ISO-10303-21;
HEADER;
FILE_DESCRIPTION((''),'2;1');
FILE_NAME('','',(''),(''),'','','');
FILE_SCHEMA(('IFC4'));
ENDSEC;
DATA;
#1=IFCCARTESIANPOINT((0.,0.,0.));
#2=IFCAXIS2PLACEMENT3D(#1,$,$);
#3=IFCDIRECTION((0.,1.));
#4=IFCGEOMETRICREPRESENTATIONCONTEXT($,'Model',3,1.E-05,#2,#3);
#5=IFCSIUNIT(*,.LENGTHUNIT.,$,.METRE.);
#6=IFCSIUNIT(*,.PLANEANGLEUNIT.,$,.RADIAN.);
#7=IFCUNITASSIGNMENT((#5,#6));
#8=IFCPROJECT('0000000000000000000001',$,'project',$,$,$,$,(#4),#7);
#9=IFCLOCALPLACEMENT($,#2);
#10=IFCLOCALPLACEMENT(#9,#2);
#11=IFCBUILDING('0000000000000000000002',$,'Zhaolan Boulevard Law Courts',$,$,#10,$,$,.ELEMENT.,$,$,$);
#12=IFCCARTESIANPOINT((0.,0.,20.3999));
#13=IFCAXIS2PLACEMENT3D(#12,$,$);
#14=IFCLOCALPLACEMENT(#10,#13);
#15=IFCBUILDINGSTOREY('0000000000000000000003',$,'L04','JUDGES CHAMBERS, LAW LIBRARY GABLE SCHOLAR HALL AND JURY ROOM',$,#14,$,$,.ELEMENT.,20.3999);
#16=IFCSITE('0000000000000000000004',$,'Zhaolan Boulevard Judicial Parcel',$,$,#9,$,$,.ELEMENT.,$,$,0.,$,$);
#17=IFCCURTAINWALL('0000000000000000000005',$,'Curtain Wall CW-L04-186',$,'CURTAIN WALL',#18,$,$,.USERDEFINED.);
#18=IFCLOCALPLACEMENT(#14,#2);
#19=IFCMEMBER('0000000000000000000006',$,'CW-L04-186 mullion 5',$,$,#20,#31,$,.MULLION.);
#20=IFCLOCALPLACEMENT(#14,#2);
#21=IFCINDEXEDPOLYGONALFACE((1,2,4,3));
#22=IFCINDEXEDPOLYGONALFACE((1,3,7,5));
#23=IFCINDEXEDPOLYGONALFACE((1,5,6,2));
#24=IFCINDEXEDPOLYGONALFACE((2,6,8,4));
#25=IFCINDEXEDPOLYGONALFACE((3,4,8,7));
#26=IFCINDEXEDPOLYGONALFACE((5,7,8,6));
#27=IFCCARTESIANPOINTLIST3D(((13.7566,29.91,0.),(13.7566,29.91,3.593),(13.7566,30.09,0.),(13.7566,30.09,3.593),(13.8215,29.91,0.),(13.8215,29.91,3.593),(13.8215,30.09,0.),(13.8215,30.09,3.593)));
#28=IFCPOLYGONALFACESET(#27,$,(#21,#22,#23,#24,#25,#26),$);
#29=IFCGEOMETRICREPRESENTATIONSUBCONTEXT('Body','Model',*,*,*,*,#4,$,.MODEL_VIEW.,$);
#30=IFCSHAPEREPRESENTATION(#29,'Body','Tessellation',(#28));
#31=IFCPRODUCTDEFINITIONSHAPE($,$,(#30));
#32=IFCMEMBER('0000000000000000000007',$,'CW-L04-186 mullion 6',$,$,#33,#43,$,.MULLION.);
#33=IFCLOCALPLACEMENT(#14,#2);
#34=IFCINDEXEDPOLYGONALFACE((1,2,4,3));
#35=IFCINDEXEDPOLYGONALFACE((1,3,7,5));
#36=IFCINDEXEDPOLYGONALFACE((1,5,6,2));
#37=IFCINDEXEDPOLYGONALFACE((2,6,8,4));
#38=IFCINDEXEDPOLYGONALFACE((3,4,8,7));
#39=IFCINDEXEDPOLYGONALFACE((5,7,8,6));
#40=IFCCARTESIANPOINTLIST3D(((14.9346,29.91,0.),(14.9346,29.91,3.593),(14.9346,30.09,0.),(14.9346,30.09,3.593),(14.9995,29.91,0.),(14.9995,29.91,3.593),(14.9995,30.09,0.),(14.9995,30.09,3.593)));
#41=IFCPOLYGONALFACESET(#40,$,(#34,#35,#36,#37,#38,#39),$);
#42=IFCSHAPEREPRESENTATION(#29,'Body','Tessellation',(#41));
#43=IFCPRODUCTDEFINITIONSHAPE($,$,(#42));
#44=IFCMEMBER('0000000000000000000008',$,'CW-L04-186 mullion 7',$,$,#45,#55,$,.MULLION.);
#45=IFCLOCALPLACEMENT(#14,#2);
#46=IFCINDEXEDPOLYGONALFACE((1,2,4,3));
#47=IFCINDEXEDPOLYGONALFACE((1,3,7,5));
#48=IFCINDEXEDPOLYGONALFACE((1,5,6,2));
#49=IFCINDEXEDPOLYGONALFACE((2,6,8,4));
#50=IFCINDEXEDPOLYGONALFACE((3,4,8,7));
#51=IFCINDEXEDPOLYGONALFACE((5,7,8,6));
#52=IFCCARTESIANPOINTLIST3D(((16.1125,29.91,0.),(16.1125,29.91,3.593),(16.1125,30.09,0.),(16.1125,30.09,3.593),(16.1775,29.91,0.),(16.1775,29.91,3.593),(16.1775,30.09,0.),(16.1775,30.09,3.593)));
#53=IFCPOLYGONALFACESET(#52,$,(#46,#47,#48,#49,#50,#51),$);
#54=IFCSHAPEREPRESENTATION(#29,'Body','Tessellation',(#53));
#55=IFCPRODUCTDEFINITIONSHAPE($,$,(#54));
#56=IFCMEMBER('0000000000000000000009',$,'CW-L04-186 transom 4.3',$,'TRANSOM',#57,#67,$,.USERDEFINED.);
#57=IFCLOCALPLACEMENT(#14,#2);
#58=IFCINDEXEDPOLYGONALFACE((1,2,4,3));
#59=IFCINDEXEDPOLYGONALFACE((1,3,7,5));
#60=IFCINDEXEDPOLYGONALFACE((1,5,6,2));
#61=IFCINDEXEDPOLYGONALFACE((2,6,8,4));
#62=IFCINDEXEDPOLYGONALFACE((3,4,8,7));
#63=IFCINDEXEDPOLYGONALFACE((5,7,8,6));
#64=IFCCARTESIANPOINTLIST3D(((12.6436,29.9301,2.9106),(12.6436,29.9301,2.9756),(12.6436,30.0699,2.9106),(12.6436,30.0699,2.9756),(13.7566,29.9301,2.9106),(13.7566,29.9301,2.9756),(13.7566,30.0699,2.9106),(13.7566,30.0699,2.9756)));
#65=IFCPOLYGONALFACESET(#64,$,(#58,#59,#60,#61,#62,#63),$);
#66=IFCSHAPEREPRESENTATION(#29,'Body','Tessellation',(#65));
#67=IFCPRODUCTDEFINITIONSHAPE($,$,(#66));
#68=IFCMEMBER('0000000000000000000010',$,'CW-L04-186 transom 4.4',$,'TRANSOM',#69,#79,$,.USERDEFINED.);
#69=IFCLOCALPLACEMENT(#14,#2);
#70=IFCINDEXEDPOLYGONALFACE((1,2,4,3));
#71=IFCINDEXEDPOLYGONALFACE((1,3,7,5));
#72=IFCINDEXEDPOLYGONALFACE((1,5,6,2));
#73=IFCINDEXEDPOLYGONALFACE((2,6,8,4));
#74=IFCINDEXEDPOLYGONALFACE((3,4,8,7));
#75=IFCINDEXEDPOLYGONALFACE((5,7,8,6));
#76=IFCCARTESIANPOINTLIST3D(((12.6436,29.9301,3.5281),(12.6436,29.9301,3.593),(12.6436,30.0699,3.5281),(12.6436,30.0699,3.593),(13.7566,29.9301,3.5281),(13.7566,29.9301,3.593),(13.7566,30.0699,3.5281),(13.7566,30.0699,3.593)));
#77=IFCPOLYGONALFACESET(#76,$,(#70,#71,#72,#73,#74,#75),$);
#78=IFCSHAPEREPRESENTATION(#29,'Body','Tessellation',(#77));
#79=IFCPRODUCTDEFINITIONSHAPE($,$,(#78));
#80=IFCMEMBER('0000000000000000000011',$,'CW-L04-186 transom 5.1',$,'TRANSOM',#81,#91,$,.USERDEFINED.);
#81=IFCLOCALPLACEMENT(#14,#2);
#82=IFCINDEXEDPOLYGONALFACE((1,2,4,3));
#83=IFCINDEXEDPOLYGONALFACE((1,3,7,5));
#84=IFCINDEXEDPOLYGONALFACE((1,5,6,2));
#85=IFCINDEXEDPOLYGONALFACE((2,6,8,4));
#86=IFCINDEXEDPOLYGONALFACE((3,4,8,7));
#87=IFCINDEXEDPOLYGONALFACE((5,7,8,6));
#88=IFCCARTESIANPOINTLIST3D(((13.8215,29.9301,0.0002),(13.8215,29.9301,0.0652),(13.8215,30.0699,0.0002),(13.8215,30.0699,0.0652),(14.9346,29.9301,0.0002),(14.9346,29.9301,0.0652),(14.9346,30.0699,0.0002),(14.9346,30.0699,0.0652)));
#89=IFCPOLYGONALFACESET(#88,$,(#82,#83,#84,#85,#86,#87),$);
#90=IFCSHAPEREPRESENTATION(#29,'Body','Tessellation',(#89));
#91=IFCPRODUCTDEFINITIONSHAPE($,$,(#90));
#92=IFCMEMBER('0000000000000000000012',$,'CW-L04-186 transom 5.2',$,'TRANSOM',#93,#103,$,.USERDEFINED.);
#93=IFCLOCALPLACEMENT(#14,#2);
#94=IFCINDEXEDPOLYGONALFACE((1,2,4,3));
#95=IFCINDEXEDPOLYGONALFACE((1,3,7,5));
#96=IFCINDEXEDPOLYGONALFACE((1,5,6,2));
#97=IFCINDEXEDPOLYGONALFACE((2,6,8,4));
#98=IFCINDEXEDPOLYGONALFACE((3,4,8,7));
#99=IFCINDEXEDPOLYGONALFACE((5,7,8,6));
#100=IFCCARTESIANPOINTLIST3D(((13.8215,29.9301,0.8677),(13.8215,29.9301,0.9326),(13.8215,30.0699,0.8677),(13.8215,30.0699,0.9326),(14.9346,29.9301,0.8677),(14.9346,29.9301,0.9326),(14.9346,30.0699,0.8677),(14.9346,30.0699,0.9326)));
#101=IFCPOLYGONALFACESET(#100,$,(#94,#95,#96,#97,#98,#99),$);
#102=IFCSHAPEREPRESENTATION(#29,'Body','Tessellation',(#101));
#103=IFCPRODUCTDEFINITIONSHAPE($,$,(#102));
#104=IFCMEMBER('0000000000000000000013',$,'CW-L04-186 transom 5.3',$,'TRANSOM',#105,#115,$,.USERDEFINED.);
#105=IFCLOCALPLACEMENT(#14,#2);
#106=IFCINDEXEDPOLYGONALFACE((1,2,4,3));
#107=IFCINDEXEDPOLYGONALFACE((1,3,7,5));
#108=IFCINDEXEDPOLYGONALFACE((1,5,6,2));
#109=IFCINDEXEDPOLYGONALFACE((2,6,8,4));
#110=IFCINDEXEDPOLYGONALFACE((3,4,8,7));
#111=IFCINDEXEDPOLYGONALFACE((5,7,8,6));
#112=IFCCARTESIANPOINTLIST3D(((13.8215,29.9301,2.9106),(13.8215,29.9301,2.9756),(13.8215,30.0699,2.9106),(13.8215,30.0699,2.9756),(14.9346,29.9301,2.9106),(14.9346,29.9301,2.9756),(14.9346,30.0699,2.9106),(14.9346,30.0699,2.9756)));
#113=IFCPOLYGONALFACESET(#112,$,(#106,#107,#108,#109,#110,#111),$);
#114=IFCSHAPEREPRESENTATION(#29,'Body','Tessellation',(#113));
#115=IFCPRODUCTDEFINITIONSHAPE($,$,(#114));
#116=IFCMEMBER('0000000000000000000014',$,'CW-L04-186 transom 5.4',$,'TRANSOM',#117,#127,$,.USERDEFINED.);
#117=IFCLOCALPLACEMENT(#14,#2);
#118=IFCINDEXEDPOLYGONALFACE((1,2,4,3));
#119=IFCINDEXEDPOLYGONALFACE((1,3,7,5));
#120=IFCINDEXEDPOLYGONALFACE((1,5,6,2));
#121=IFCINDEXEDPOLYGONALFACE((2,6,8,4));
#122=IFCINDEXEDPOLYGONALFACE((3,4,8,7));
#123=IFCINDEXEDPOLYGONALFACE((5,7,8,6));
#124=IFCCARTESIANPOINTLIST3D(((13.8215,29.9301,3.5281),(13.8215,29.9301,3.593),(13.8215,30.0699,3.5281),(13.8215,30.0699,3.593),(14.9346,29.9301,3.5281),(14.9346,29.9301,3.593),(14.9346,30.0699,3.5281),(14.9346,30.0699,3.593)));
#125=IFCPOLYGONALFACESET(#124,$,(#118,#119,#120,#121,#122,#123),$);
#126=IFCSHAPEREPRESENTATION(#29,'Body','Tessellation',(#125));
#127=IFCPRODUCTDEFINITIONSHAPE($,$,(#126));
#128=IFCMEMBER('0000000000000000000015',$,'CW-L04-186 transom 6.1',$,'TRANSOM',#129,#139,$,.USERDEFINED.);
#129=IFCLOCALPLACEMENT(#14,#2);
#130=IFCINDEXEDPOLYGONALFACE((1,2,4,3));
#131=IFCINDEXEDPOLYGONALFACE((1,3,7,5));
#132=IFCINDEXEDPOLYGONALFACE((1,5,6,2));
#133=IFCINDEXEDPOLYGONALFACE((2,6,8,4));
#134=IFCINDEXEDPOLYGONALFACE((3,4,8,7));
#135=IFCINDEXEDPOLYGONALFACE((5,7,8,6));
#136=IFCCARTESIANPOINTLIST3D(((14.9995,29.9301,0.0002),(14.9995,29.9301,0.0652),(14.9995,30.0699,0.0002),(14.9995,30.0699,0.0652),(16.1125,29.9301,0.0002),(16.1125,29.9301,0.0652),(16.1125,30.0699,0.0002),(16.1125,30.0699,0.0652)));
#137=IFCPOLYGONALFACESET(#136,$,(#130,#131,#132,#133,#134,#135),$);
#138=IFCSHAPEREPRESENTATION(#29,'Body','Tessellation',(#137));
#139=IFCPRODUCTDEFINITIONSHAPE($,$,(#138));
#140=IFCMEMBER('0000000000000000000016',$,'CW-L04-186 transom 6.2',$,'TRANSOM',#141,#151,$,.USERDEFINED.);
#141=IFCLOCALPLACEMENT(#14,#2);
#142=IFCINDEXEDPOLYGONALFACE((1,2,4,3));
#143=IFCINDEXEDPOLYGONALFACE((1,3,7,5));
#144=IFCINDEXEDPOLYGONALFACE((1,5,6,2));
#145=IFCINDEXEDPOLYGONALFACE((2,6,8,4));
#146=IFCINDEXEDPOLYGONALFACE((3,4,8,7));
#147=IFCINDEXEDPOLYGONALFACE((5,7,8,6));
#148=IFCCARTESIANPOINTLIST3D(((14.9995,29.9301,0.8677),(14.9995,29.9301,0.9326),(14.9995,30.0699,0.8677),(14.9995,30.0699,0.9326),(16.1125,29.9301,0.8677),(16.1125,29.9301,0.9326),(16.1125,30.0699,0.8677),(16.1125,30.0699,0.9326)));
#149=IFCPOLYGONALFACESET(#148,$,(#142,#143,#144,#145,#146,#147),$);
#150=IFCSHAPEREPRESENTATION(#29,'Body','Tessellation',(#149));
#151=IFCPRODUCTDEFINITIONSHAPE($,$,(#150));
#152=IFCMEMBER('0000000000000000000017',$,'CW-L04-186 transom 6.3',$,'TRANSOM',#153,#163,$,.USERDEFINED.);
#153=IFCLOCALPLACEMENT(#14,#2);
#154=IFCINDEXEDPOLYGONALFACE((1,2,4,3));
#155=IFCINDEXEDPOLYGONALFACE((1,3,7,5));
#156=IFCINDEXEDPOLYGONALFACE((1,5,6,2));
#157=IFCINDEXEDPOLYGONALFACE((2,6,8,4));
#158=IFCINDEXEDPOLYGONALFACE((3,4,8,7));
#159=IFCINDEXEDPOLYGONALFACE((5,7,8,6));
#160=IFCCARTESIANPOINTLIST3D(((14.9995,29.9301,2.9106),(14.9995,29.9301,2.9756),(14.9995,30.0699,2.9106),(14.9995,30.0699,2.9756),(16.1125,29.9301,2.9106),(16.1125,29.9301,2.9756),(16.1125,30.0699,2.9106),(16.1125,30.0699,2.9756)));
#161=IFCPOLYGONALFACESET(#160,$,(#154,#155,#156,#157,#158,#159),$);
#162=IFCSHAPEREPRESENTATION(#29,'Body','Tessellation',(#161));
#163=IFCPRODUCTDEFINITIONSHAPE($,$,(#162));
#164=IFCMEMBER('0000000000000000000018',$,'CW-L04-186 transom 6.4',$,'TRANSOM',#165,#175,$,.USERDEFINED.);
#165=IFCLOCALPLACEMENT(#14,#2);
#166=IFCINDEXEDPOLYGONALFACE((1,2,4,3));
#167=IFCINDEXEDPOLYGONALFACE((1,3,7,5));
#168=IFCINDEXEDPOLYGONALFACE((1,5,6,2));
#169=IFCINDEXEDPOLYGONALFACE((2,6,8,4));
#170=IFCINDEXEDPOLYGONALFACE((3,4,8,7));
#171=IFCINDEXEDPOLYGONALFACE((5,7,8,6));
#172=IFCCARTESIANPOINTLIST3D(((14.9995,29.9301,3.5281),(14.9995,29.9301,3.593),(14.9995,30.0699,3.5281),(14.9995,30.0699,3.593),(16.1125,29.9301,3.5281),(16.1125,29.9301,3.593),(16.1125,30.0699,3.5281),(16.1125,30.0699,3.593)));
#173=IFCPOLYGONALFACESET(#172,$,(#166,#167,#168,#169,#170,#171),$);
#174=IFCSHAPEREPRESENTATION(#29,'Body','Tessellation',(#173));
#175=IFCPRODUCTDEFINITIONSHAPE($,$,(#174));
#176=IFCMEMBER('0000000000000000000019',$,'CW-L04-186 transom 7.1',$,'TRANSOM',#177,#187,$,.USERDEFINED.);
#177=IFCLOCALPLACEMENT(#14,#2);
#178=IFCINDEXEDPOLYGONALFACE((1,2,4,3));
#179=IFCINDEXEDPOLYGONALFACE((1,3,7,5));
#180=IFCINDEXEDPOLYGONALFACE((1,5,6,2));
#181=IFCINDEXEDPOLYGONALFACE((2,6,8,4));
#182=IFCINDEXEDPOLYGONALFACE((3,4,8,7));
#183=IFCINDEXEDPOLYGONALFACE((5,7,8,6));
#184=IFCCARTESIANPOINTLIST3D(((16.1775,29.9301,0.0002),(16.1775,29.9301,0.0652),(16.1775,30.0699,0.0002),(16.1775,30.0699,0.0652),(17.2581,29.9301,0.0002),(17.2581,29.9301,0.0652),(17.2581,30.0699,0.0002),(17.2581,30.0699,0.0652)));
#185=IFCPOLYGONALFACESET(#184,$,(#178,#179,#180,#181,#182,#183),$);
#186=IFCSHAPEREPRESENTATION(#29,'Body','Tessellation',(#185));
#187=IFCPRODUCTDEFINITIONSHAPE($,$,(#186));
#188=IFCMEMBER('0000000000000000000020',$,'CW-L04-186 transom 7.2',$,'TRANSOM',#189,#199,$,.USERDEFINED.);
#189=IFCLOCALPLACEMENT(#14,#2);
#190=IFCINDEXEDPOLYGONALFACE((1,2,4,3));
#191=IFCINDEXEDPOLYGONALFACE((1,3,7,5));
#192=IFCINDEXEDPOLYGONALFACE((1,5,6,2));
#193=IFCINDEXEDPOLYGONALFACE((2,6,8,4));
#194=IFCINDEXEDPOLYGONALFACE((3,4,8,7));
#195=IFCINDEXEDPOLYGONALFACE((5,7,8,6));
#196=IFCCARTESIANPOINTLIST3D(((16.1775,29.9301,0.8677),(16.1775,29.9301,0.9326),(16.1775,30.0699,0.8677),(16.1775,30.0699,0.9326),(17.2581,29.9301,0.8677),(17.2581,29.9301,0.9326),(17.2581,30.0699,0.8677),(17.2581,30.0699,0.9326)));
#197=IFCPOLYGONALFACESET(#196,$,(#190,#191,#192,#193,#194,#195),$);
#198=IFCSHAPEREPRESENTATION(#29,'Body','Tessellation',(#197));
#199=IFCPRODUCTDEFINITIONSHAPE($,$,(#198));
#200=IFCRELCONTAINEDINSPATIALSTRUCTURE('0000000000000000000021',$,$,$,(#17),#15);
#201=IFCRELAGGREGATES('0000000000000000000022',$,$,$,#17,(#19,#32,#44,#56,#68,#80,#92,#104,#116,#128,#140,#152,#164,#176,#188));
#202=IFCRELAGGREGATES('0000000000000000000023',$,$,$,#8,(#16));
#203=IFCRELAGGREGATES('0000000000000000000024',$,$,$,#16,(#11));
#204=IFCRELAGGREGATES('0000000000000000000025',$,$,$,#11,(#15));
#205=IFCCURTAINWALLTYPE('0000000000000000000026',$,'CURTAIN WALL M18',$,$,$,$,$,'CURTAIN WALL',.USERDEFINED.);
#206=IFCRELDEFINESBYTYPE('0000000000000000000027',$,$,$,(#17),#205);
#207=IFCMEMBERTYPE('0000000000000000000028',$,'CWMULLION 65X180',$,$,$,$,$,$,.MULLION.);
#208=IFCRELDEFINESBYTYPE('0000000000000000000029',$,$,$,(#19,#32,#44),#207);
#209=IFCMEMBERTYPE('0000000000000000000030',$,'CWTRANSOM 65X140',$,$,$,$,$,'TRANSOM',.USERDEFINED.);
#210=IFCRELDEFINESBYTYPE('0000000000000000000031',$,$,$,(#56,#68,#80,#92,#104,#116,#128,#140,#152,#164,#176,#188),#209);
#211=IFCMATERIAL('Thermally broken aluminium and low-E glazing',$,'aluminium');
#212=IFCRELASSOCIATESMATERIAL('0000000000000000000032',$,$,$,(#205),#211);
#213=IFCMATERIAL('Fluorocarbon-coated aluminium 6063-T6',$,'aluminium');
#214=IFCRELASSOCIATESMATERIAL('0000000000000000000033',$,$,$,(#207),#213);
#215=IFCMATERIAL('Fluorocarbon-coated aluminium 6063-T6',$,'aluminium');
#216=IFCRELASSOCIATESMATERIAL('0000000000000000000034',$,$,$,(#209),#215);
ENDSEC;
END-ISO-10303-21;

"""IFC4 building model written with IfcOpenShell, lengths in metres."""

from ifc_helpers import new_model, si_unit, direction, frame, origin, origin_2d, place, context, subcontext, project, spatial, rectangle, extrude, material, material_profile, profile_set, type_object, element, aggregate, save


model = new_model("IFC4")

# Units and contexts
model_context = context("Model", 3, precision=1e-05, world=origin(), true_north=direction((0.0, 1.0)))
body_context = subcontext(model_context, "Body", "Model", "MODEL_VIEW")
ifc_project = project(units=[si_unit("LENGTHUNIT", "METRE"), si_unit("PLANEANGLEUNIT", "RADIAN")], contexts=[model_context])

# Site, building, storey
site_placement = place(None, origin())
site = spatial("IfcSite", under=ifc_project, at=site_placement, Name="Zhaolan Boulevard Judicial Parcel", CompositionType="ELEMENT", RefElevation=0.0)
building_placement = place(site_placement, origin())
building = spatial("IfcBuilding", under=site, at=building_placement, Name="Zhaolan Boulevard Law Courts", CompositionType="ELEMENT")
storey_placement = place(building_placement, frame((0.0, 0.0, 20.3999)))
storey = spatial("IfcBuildingStorey", under=building, at=storey_placement, Name="L04", Description="JUDGES CHAMBERS, LAW LIBRARY GABLE SCHOLAR HALL AND JURY ROOM", CompositionType="ELEMENT", Elevation=20.3999)

# Curtain wall, members
ifc_material_1 = material(Name="Thermally broken aluminium and low-E glazing", Category="aluminium")
curtain_wall_type = type_object("IfcCurtainWallType", Name="CURTAIN WALL M18", ElementType="CURTAIN WALL", PredefinedType="USERDEFINED", material=ifc_material_1)
curtain_wall_placement = place(storey_placement, origin())
curtain_wall = element("IfcCurtainWall", 1, at=curtain_wall_placement, inside=storey, type_object=curtain_wall_type, Name="Curtain Wall CW-L04-186", ObjectType="CURTAIN WALL", PredefinedType="USERDEFINED")
ifc_material_2 = material(Name="Fluorocarbon-coated aluminium 6063-T6", Category="aluminium")
ifc_material_profile_1 = material_profile(ifc_material_2, rectangle(XDim=0.1799, YDim=0.0649, at=origin_2d()), Name="AL65x180")
ifc_profile_set_1 = profile_set([ifc_material_profile_1], Name="Fluorocarbon-coated aluminium 6063-T6")
member_type_1 = type_object("IfcMemberType", Name="CWMULLION 65X180", PredefinedType="MULLION", material=ifc_profile_set_1)
member_1_placement = place(storey_placement, frame((13.7891, 30.0, 0.0), z_axis=(0.0, 0.0, 1.0), x_axis=(0.0, 1.0, 0.0)))
member_1 = element("IfcMember", 2, at=member_1_placement, type_object=member_type_1, Name="CW-L04-186 mullion 5", PredefinedType="MULLION", context=body_context, shape_type="SweptSolid", body=[
    extrude(rectangle(XDim=0.1799, YDim=0.0649, at=origin_2d()), origin(), (0.0, 0.0, 1.0), 3.593),
])
member_2_placement = place(storey_placement, frame((14.967, 30.0, 0.0), z_axis=(0.0, 0.0, 1.0), x_axis=(0.0, 1.0, 0.0)))
member_2 = element("IfcMember", 3, at=member_2_placement, type_object=member_type_1, Name="CW-L04-186 mullion 6", PredefinedType="MULLION", context=body_context, shape_type="SweptSolid", body=[
    extrude(rectangle(XDim=0.1799, YDim=0.0649, at=origin_2d()), origin(), (0.0, 0.0, 1.0), 3.593),
])
member_3_placement = place(storey_placement, frame((16.145, 30.0, 0.0), z_axis=(0.0, 0.0, 1.0), x_axis=(0.0, 1.0, 0.0)))
member_3 = element("IfcMember", 4, at=member_3_placement, type_object=member_type_1, Name="CW-L04-186 mullion 7", PredefinedType="MULLION", context=body_context, shape_type="SweptSolid", body=[
    extrude(rectangle(XDim=0.1799, YDim=0.0649, at=origin_2d()), origin(), (0.0, 0.0, 1.0), 3.593),
])
ifc_material_3 = material(Name="Fluorocarbon-coated aluminium 6063-T6", Category="aluminium")
ifc_material_profile_2 = material_profile(ifc_material_3, rectangle(XDim=0.1399, YDim=0.0649, at=origin_2d()), Name="AL65x140")
ifc_profile_set_2 = profile_set([ifc_material_profile_2], Name="Fluorocarbon-coated aluminium 6063-T6")
member_type_2 = type_object("IfcMemberType", Name="CWTRANSOM 65X140", ElementType="TRANSOM", PredefinedType="USERDEFINED", material=ifc_profile_set_2)
member_4_placement = place(storey_placement, frame((12.6436, 30.0, 2.9431), z_axis=(1.0, 0.0, 0.0), x_axis=(0.0, 1.0, 0.0)))
member_4 = element("IfcMember", 5, at=member_4_placement, type_object=member_type_2, Name="CW-L04-186 transom 4.3", ObjectType="TRANSOM", PredefinedType="USERDEFINED", context=body_context, shape_type="SweptSolid", body=[
    extrude(rectangle(XDim=0.1399, YDim=0.0649, at=origin_2d()), origin(), (0.0, 0.0, 1.0), 1.113),
])
member_5_placement = place(storey_placement, frame((12.6436, 30.0, 3.5605), z_axis=(1.0, 0.0, 0.0), x_axis=(0.0, 1.0, 0.0)))
member_5 = element("IfcMember", 6, at=member_5_placement, type_object=member_type_2, Name="CW-L04-186 transom 4.4", ObjectType="TRANSOM", PredefinedType="USERDEFINED", context=body_context, shape_type="SweptSolid", body=[
    extrude(rectangle(XDim=0.1399, YDim=0.0649, at=origin_2d()), origin(), (0.0, 0.0, 1.0), 1.113),
])
member_6_placement = place(storey_placement, frame((13.8215, 30.0, 0.0327), z_axis=(1.0, 0.0, 0.0), x_axis=(0.0, 1.0, 0.0)))
member_6 = element("IfcMember", 7, at=member_6_placement, type_object=member_type_2, Name="CW-L04-186 transom 5.1", ObjectType="TRANSOM", PredefinedType="USERDEFINED", context=body_context, shape_type="SweptSolid", body=[
    extrude(rectangle(XDim=0.1399, YDim=0.0649, at=origin_2d()), origin(), (0.0, 0.0, 1.0), 1.113),
])
member_7_placement = place(storey_placement, frame((13.8215, 30.0, 0.9001), z_axis=(1.0, 0.0, 0.0), x_axis=(0.0, 1.0, 0.0)))
member_7 = element("IfcMember", 8, at=member_7_placement, type_object=member_type_2, Name="CW-L04-186 transom 5.2", ObjectType="TRANSOM", PredefinedType="USERDEFINED", context=body_context, shape_type="SweptSolid", body=[
    extrude(rectangle(XDim=0.1399, YDim=0.0649, at=origin_2d()), origin(), (0.0, 0.0, 1.0), 1.113),
])
member_8_placement = place(storey_placement, frame((13.8215, 30.0, 2.9431), z_axis=(1.0, 0.0, 0.0), x_axis=(0.0, 1.0, 0.0)))
member_8 = element("IfcMember", 9, at=member_8_placement, type_object=member_type_2, Name="CW-L04-186 transom 5.3", ObjectType="TRANSOM", PredefinedType="USERDEFINED", context=body_context, shape_type="SweptSolid", body=[
    extrude(rectangle(XDim=0.1399, YDim=0.0649, at=origin_2d()), origin(), (0.0, 0.0, 1.0), 1.113),
])
member_9_placement = place(storey_placement, frame((13.8215, 30.0, 3.5605), z_axis=(1.0, 0.0, 0.0), x_axis=(0.0, 1.0, 0.0)))
member_9 = element("IfcMember", 10, at=member_9_placement, type_object=member_type_2, Name="CW-L04-186 transom 5.4", ObjectType="TRANSOM", PredefinedType="USERDEFINED", context=body_context, shape_type="SweptSolid", body=[
    extrude(rectangle(XDim=0.1399, YDim=0.0649, at=origin_2d()), origin(), (0.0, 0.0, 1.0), 1.113),
])
member_10_placement = place(storey_placement, frame((14.9995, 30.0, 0.0327), z_axis=(1.0, 0.0, 0.0), x_axis=(0.0, 1.0, 0.0)))
member_10 = element("IfcMember", 11, at=member_10_placement, type_object=member_type_2, Name="CW-L04-186 transom 6.1", ObjectType="TRANSOM", PredefinedType="USERDEFINED", context=body_context, shape_type="SweptSolid", body=[
    extrude(rectangle(XDim=0.1399, YDim=0.0649, at=origin_2d()), origin(), (0.0, 0.0, 1.0), 1.113),
])
member_11_placement = place(storey_placement, frame((14.9995, 30.0, 0.9001), z_axis=(1.0, 0.0, 0.0), x_axis=(0.0, 1.0, 0.0)))
member_11 = element("IfcMember", 12, at=member_11_placement, type_object=member_type_2, Name="CW-L04-186 transom 6.2", ObjectType="TRANSOM", PredefinedType="USERDEFINED", context=body_context, shape_type="SweptSolid", body=[
    extrude(rectangle(XDim=0.1399, YDim=0.0649, at=origin_2d()), origin(), (0.0, 0.0, 1.0), 1.113),
])
member_12_placement = place(storey_placement, frame((14.9995, 30.0, 2.9431), z_axis=(1.0, 0.0, 0.0), x_axis=(0.0, 1.0, 0.0)))
member_12 = element("IfcMember", 13, at=member_12_placement, type_object=member_type_2, Name="CW-L04-186 transom 6.3", ObjectType="TRANSOM", PredefinedType="USERDEFINED", context=body_context, shape_type="SweptSolid", body=[
    extrude(rectangle(XDim=0.1399, YDim=0.0649, at=origin_2d()), origin(), (0.0, 0.0, 1.0), 1.113),
])
member_13_placement = place(storey_placement, frame((14.9995, 30.0, 3.5605), z_axis=(1.0, 0.0, 0.0), x_axis=(0.0, 1.0, 0.0)))
member_13 = element("IfcMember", 14, at=member_13_placement, type_object=member_type_2, Name="CW-L04-186 transom 6.4", ObjectType="TRANSOM", PredefinedType="USERDEFINED", context=body_context, shape_type="SweptSolid", body=[
    extrude(rectangle(XDim=0.1399, YDim=0.0649, at=origin_2d()), origin(), (0.0, 0.0, 1.0), 1.113),
])
member_14_placement = place(storey_placement, frame((16.1775, 30.0, 0.0327), z_axis=(1.0, 0.0, 0.0), x_axis=(0.0, 1.0, 0.0)))
member_14 = element("IfcMember", 15, at=member_14_placement, type_object=member_type_2, Name="CW-L04-186 transom 7.1", ObjectType="TRANSOM", PredefinedType="USERDEFINED", context=body_context, shape_type="SweptSolid", body=[
    extrude(rectangle(XDim=0.1399, YDim=0.0649, at=origin_2d()), origin(), (0.0, 0.0, 1.0), 1.0806),
])
member_15_placement = place(storey_placement, frame((16.1775, 30.0, 0.9001), z_axis=(1.0, 0.0, 0.0), x_axis=(0.0, 1.0, 0.0)))
member_15 = element("IfcMember", 16, at=member_15_placement, type_object=member_type_2, Name="CW-L04-186 transom 7.2", ObjectType="TRANSOM", PredefinedType="USERDEFINED", context=body_context, shape_type="SweptSolid", body=[
    extrude(rectangle(XDim=0.1399, YDim=0.0649, at=origin_2d()), origin(), (0.0, 0.0, 1.0), 1.0806),
])
aggregate(curtain_wall, [member_1, member_2, member_3, member_4, member_5, member_6, member_7, member_8, member_9, member_10, member_11, member_12, member_13, member_14, member_15])

save(model, "model.ifc")
